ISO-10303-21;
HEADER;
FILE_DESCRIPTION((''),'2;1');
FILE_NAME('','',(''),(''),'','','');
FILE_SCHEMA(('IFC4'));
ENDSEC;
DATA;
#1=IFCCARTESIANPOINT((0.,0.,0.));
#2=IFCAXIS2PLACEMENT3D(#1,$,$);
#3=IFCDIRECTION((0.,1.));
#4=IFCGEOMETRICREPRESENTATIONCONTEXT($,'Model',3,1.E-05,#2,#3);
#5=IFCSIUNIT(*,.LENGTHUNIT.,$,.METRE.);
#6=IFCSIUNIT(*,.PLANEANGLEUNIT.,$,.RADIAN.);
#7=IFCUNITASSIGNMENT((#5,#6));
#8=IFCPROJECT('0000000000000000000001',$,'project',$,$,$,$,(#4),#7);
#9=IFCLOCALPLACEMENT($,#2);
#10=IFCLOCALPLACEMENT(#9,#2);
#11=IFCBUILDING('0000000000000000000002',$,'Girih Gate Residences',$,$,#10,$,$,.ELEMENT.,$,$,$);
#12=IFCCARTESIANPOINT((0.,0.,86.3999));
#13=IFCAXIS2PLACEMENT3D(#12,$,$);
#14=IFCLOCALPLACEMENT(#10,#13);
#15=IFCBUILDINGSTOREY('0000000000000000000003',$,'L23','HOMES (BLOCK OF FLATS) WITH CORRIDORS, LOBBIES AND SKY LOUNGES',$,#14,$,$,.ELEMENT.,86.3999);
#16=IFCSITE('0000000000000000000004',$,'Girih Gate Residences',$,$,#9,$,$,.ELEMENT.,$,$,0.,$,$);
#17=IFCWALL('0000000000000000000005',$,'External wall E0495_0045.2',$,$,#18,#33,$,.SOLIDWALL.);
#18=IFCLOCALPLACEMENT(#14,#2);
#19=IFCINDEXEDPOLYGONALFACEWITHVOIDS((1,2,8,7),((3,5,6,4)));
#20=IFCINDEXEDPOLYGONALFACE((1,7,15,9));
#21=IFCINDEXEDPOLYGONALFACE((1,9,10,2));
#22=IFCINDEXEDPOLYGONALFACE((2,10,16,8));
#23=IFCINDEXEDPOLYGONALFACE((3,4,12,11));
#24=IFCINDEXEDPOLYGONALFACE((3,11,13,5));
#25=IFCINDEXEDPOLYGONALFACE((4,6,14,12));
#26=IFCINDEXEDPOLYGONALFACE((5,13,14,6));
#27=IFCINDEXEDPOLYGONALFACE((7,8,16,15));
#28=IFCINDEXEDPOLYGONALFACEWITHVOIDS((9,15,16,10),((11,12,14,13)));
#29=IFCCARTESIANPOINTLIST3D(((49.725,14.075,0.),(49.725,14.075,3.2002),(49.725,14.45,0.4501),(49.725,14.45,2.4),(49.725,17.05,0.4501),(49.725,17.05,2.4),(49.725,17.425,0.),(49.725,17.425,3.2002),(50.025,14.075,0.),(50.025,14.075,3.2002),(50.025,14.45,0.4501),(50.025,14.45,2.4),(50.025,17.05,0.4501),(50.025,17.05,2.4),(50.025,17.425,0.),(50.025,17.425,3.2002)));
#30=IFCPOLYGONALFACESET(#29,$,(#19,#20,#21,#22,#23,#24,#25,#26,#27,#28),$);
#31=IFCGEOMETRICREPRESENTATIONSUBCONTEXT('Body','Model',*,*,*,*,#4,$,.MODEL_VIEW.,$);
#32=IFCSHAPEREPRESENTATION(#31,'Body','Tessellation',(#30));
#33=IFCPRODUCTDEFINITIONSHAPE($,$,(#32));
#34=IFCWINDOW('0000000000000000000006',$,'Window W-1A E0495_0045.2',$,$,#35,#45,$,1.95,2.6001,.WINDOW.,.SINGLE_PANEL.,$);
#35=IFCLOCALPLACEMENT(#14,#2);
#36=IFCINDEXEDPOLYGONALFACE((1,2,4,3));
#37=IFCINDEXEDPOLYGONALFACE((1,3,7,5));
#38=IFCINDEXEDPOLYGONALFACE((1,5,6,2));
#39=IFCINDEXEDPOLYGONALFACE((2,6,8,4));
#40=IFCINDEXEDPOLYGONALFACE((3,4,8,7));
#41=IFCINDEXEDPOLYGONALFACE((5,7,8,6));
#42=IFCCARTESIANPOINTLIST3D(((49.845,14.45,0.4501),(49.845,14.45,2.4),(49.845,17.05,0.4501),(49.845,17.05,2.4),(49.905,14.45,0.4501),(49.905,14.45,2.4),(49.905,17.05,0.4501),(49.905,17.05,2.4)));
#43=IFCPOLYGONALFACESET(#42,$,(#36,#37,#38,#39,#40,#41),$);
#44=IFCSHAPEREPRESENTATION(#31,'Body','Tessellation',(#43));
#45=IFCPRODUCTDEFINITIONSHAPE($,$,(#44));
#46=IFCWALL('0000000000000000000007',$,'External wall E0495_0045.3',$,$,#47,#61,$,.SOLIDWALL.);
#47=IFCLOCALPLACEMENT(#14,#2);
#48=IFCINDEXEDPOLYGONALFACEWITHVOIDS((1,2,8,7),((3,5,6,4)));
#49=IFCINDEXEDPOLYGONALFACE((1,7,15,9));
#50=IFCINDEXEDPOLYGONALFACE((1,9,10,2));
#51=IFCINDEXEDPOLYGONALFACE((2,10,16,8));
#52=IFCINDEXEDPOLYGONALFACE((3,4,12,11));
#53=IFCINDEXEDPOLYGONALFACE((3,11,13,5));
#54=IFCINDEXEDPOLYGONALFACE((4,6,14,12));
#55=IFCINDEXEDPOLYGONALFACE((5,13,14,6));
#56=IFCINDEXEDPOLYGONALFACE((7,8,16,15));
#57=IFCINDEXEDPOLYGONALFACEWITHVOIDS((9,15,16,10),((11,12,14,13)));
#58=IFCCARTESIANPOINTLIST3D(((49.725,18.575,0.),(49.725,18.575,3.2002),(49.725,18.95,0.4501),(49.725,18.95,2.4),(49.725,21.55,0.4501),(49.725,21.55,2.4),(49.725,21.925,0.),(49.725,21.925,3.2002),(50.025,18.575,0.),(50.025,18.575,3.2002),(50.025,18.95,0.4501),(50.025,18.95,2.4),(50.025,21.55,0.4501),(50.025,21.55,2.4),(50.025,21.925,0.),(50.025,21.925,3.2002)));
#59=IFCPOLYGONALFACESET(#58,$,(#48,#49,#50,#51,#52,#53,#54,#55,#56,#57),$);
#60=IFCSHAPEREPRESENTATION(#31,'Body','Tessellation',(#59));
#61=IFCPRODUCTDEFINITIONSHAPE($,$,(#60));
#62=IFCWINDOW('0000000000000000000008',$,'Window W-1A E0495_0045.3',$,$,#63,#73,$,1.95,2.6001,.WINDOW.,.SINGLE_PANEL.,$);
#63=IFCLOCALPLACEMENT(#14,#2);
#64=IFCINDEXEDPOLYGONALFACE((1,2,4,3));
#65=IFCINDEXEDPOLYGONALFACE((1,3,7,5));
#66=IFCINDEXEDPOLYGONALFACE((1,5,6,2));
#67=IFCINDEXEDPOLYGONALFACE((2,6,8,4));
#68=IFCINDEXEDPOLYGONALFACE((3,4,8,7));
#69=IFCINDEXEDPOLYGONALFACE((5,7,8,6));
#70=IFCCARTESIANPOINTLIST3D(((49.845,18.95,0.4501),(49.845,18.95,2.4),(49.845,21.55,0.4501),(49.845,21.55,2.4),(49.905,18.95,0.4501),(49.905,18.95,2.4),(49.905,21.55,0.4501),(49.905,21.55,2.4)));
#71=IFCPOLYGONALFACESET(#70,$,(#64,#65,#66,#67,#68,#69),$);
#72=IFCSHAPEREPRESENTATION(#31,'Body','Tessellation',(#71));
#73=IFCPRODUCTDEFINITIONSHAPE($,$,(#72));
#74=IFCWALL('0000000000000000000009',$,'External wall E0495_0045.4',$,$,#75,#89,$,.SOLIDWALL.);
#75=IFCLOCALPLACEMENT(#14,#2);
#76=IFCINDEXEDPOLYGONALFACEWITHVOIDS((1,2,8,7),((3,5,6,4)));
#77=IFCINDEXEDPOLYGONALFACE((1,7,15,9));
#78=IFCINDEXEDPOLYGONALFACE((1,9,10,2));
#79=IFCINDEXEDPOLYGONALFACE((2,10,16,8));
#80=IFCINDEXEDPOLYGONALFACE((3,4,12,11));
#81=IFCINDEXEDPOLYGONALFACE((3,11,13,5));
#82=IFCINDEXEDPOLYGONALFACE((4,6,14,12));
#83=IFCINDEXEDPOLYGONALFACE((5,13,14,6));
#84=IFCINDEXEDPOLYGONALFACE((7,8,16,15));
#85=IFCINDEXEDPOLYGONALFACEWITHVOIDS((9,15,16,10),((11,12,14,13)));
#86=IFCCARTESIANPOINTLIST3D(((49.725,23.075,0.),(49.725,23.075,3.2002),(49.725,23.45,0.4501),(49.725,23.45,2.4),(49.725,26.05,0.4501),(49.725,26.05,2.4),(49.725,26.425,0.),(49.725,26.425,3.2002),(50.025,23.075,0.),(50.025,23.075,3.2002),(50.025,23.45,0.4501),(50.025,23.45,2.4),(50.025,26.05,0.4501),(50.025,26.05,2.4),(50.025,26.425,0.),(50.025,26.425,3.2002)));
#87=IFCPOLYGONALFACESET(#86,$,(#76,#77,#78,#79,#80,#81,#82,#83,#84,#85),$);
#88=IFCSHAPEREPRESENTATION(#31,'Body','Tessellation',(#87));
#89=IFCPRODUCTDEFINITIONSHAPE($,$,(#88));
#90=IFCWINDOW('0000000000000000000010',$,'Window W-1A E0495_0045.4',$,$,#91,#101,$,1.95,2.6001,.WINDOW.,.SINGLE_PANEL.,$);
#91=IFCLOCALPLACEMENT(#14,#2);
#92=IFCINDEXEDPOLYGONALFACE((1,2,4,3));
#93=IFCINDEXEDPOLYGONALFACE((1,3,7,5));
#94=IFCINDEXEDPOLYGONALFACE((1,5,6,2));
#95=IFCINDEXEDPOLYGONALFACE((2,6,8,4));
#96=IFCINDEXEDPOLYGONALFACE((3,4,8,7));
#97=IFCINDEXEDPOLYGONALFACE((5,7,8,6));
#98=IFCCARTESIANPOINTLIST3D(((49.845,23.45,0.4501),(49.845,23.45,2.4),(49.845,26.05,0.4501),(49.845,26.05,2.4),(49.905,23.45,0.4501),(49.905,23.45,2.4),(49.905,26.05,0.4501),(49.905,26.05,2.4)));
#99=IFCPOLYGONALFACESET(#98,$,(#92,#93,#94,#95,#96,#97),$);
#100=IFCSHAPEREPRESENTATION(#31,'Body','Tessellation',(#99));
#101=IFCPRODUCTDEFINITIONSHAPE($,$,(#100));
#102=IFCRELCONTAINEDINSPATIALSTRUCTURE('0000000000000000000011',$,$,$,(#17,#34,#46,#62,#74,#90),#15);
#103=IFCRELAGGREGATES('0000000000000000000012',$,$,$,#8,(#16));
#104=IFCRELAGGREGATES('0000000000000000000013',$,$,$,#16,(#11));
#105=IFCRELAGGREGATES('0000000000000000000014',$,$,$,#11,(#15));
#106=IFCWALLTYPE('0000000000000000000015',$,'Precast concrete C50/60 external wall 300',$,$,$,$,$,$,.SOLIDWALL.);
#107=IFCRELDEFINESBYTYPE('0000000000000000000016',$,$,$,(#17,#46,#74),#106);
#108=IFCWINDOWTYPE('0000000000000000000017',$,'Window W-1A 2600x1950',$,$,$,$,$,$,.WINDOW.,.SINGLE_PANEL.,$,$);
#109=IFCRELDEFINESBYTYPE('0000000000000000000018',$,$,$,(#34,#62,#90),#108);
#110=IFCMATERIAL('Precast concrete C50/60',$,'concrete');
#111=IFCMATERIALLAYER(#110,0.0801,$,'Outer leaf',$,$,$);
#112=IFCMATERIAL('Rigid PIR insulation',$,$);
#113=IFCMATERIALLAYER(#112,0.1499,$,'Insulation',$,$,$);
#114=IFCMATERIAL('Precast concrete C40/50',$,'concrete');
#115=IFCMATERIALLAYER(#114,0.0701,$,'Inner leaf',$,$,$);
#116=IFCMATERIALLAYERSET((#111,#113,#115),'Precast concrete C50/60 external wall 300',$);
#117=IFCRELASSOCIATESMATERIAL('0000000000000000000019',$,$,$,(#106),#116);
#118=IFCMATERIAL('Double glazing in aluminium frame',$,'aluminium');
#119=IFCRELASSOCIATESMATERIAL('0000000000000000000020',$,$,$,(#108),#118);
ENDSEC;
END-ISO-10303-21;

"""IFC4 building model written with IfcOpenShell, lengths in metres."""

from ifc_helpers import new_model, si_unit, direction, frame, frame_2d, origin, place, context, subcontext, project, spatial, rectangle, extrude, material, layer, layer_set, type_object, element, fill, save


model = new_model("IFC4")

# Units and contexts
model_context = context("Model", 3, precision=1e-05, world=origin(), true_north=direction((0.0, 1.0)))
body_context = subcontext(model_context, "Body", "Model", "MODEL_VIEW")
ifc_project = project(units=[si_unit("LENGTHUNIT", "METRE"), si_unit("PLANEANGLEUNIT", "RADIAN")], contexts=[model_context])

# Site, building, storey
site_placement = place(None, origin())
site = spatial("IfcSite", under=ifc_project, at=site_placement, Name="Girih Gate Residences", CompositionType="ELEMENT", RefElevation=0.0)
building_placement = place(site_placement, origin())
building = spatial("IfcBuilding", under=site, at=building_placement, Name="Girih Gate Residences", CompositionType="ELEMENT")
storey_placement = place(building_placement, frame((0.0, 0.0, 86.3999)))
storey = spatial("IfcBuildingStorey", under=building, at=storey_placement, Name="L23", Description="HOMES (BLOCK OF FLATS) WITH CORRIDORS, LOBBIES AND SKY LOUNGES", CompositionType="ELEMENT", Elevation=86.3999)

# Walls, openings, windows
ifc_material_1 = material(Name="Precast concrete C50/60", Category="concrete")
ifc_layer_1 = layer(ifc_material_1, 0.0801, Name="Outer leaf")
ifc_material_2 = material(Name="Rigid PIR insulation")
ifc_layer_2 = layer(ifc_material_2, 0.1499, Name="Insulation")
ifc_material_3 = material(Name="Precast concrete C40/50", Category="concrete")
ifc_layer_3 = layer(ifc_material_3, 0.0701, Name="Inner leaf")
ifc_layer_set_1 = layer_set([ifc_layer_1, ifc_layer_2, ifc_layer_3], Name="Precast concrete C50/60 external wall 300")
wall_type_1 = type_object("IfcWallType", Name="Precast concrete C50/60 external wall 300", PredefinedType="SOLIDWALL", material=ifc_layer_set_1)
wall_1_placement = place(storey_placement, frame((49.875, 17.425, 0.0), z_axis=(0.0, 0.0, 1.0), x_axis=(0.0, -1.0, 0.0)))
wall_1 = element("IfcWall", 1, at=wall_1_placement, inside=storey, type_object=wall_type_1, Name="External wall E0495_0045.2", PredefinedType="SOLIDWALL", context=body_context, shape_type="SweptSolid", body=[
    extrude(rectangle(XDim=3.3501, YDim=0.3, at=frame_2d((1.675, 0.0))), origin(), (0.0, 0.0, 1.0), 3.2002),
])
opening_1_placement = place(wall_1_placement, frame((0.375, 0.0, 0.45)))
opening_1 = element("IfcOpeningElement", 2, at=opening_1_placement, cuts=wall_1, PredefinedType="OPENING", context=body_context, shape_type="SweptSolid", body=[
    extrude(rectangle(XDim=2.6001, YDim=1.95, at=frame_2d((1.3, 0.9751))), frame((0.0, 0.1599, 0.0), z_axis=(0.0, -1.0, 0.0), x_axis=(1.0, 0.0, 0.0)), (0.0, 0.0, 1.0), 0.3201),
])
ifc_material_4 = material(Name="Double glazing in aluminium frame", Category="aluminium")
window_type = type_object("IfcWindowType", Name="Window W-1A 2600x1950", PartitioningType="SINGLE_PANEL", PredefinedType="WINDOW", material=ifc_material_4)
window_1_placement = place(opening_1_placement, origin())
window_1 = element("IfcWindow", 3, at=window_1_placement, inside=storey, type_object=window_type, Name="Window W-1A E0495_0045.2", OverallHeight=1.95, OverallWidth=2.6001, PartitioningType="SINGLE_PANEL", PredefinedType="WINDOW", context=body_context, shape_type="SweptSolid", body=[
    extrude(rectangle(XDim=2.6001, YDim=1.95, at=frame_2d((1.3, 0.9751))), frame((0.0, 0.03, 0.0), z_axis=(0.0, -1.0, 0.0), x_axis=(1.0, 0.0, 0.0)), (0.0, 0.0, 1.0), 0.0601),
])
fill(opening_1, window_1)
wall_2_placement = place(storey_placement, frame((49.875, 21.925, 0.0), z_axis=(0.0, 0.0, 1.0), x_axis=(0.0, -1.0, 0.0)))
wall_2 = element("IfcWall", 4, at=wall_2_placement, inside=storey, type_object=wall_type_1, Name="External wall E0495_0045.3", PredefinedType="SOLIDWALL", context=body_context, shape_type="SweptSolid", body=[
    extrude(rectangle(XDim=3.3501, YDim=0.3, at=frame_2d((1.675, 0.0))), origin(), (0.0, 0.0, 1.0), 3.2002),
])
opening_2_placement = place(wall_2_placement, frame((0.375, 0.0, 0.45)))
opening_2 = element("IfcOpeningElement", 5, at=opening_2_placement, cuts=wall_2, PredefinedType="OPENING", context=body_context, shape_type="SweptSolid", body=[
    extrude(rectangle(XDim=2.6001, YDim=1.95, at=frame_2d((1.3, 0.9751))), frame((0.0, 0.1599, 0.0), z_axis=(0.0, -1.0, 0.0), x_axis=(1.0, 0.0, 0.0)), (0.0, 0.0, 1.0), 0.3201),
])
window_2_placement = place(opening_2_placement, origin())
window_2 = element("IfcWindow", 6, at=window_2_placement, inside=storey, type_object=window_type, Name="Window W-1A E0495_0045.3", OverallHeight=1.95, OverallWidth=2.6001, PartitioningType="SINGLE_PANEL", PredefinedType="WINDOW", context=body_context, shape_type="SweptSolid", body=[
    extrude(rectangle(XDim=2.6001, YDim=1.95, at=frame_2d((1.3, 0.9751))), frame((0.0, 0.03, 0.0), z_axis=(0.0, -1.0, 0.0), x_axis=(1.0, 0.0, 0.0)), (0.0, 0.0, 1.0), 0.0601),
])
fill(opening_2, window_2)
wall_3_placement = place(storey_placement, frame((49.875, 26.425, 0.0), z_axis=(0.0, 0.0, 1.0), x_axis=(0.0, -1.0, 0.0)))
wall_3 = element("IfcWall", 7, at=wall_3_placement, inside=storey, type_object=wall_type_1, Name="External wall E0495_0045.4", PredefinedType="SOLIDWALL", context=body_context, shape_type="SweptSolid", body=[
    extrude(rectangle(XDim=3.3501, YDim=0.3, at=frame_2d((1.675, 0.0))), origin(), (0.0, 0.0, 1.0), 3.2002),
])
opening_3_placement = place(wall_3_placement, frame((0.375, 0.0, 0.45)))
opening_3 = element("IfcOpeningElement", 8, at=opening_3_placement, cuts=wall_3, PredefinedType="OPENING", context=body_context, shape_type="SweptSolid", body=[
    extrude(rectangle(XDim=2.6001, YDim=1.95, at=frame_2d((1.3, 0.9751))), frame((0.0, 0.1599, 0.0), z_axis=(0.0, -1.0, 0.0), x_axis=(1.0, 0.0, 0.0)), (0.0, 0.0, 1.0), 0.3201),
])
window_3_placement = place(opening_3_placement, origin())
window_3 = element("IfcWindow", 9, at=window_3_placement, inside=storey, type_object=window_type, Name="Window W-1A E0495_0045.4", OverallHeight=1.95, OverallWidth=2.6001, PartitioningType="SINGLE_PANEL", PredefinedType="WINDOW", context=body_context, shape_type="SweptSolid", body=[
    extrude(rectangle(XDim=2.6001, YDim=1.95, at=frame_2d((1.3, 0.9751))), frame((0.0, 0.03, 0.0), z_axis=(0.0, -1.0, 0.0), x_axis=(1.0, 0.0, 0.0)), (0.0, 0.0, 1.0), 0.0601),
])
fill(opening_3, window_3)

save(model, "model.ifc")
